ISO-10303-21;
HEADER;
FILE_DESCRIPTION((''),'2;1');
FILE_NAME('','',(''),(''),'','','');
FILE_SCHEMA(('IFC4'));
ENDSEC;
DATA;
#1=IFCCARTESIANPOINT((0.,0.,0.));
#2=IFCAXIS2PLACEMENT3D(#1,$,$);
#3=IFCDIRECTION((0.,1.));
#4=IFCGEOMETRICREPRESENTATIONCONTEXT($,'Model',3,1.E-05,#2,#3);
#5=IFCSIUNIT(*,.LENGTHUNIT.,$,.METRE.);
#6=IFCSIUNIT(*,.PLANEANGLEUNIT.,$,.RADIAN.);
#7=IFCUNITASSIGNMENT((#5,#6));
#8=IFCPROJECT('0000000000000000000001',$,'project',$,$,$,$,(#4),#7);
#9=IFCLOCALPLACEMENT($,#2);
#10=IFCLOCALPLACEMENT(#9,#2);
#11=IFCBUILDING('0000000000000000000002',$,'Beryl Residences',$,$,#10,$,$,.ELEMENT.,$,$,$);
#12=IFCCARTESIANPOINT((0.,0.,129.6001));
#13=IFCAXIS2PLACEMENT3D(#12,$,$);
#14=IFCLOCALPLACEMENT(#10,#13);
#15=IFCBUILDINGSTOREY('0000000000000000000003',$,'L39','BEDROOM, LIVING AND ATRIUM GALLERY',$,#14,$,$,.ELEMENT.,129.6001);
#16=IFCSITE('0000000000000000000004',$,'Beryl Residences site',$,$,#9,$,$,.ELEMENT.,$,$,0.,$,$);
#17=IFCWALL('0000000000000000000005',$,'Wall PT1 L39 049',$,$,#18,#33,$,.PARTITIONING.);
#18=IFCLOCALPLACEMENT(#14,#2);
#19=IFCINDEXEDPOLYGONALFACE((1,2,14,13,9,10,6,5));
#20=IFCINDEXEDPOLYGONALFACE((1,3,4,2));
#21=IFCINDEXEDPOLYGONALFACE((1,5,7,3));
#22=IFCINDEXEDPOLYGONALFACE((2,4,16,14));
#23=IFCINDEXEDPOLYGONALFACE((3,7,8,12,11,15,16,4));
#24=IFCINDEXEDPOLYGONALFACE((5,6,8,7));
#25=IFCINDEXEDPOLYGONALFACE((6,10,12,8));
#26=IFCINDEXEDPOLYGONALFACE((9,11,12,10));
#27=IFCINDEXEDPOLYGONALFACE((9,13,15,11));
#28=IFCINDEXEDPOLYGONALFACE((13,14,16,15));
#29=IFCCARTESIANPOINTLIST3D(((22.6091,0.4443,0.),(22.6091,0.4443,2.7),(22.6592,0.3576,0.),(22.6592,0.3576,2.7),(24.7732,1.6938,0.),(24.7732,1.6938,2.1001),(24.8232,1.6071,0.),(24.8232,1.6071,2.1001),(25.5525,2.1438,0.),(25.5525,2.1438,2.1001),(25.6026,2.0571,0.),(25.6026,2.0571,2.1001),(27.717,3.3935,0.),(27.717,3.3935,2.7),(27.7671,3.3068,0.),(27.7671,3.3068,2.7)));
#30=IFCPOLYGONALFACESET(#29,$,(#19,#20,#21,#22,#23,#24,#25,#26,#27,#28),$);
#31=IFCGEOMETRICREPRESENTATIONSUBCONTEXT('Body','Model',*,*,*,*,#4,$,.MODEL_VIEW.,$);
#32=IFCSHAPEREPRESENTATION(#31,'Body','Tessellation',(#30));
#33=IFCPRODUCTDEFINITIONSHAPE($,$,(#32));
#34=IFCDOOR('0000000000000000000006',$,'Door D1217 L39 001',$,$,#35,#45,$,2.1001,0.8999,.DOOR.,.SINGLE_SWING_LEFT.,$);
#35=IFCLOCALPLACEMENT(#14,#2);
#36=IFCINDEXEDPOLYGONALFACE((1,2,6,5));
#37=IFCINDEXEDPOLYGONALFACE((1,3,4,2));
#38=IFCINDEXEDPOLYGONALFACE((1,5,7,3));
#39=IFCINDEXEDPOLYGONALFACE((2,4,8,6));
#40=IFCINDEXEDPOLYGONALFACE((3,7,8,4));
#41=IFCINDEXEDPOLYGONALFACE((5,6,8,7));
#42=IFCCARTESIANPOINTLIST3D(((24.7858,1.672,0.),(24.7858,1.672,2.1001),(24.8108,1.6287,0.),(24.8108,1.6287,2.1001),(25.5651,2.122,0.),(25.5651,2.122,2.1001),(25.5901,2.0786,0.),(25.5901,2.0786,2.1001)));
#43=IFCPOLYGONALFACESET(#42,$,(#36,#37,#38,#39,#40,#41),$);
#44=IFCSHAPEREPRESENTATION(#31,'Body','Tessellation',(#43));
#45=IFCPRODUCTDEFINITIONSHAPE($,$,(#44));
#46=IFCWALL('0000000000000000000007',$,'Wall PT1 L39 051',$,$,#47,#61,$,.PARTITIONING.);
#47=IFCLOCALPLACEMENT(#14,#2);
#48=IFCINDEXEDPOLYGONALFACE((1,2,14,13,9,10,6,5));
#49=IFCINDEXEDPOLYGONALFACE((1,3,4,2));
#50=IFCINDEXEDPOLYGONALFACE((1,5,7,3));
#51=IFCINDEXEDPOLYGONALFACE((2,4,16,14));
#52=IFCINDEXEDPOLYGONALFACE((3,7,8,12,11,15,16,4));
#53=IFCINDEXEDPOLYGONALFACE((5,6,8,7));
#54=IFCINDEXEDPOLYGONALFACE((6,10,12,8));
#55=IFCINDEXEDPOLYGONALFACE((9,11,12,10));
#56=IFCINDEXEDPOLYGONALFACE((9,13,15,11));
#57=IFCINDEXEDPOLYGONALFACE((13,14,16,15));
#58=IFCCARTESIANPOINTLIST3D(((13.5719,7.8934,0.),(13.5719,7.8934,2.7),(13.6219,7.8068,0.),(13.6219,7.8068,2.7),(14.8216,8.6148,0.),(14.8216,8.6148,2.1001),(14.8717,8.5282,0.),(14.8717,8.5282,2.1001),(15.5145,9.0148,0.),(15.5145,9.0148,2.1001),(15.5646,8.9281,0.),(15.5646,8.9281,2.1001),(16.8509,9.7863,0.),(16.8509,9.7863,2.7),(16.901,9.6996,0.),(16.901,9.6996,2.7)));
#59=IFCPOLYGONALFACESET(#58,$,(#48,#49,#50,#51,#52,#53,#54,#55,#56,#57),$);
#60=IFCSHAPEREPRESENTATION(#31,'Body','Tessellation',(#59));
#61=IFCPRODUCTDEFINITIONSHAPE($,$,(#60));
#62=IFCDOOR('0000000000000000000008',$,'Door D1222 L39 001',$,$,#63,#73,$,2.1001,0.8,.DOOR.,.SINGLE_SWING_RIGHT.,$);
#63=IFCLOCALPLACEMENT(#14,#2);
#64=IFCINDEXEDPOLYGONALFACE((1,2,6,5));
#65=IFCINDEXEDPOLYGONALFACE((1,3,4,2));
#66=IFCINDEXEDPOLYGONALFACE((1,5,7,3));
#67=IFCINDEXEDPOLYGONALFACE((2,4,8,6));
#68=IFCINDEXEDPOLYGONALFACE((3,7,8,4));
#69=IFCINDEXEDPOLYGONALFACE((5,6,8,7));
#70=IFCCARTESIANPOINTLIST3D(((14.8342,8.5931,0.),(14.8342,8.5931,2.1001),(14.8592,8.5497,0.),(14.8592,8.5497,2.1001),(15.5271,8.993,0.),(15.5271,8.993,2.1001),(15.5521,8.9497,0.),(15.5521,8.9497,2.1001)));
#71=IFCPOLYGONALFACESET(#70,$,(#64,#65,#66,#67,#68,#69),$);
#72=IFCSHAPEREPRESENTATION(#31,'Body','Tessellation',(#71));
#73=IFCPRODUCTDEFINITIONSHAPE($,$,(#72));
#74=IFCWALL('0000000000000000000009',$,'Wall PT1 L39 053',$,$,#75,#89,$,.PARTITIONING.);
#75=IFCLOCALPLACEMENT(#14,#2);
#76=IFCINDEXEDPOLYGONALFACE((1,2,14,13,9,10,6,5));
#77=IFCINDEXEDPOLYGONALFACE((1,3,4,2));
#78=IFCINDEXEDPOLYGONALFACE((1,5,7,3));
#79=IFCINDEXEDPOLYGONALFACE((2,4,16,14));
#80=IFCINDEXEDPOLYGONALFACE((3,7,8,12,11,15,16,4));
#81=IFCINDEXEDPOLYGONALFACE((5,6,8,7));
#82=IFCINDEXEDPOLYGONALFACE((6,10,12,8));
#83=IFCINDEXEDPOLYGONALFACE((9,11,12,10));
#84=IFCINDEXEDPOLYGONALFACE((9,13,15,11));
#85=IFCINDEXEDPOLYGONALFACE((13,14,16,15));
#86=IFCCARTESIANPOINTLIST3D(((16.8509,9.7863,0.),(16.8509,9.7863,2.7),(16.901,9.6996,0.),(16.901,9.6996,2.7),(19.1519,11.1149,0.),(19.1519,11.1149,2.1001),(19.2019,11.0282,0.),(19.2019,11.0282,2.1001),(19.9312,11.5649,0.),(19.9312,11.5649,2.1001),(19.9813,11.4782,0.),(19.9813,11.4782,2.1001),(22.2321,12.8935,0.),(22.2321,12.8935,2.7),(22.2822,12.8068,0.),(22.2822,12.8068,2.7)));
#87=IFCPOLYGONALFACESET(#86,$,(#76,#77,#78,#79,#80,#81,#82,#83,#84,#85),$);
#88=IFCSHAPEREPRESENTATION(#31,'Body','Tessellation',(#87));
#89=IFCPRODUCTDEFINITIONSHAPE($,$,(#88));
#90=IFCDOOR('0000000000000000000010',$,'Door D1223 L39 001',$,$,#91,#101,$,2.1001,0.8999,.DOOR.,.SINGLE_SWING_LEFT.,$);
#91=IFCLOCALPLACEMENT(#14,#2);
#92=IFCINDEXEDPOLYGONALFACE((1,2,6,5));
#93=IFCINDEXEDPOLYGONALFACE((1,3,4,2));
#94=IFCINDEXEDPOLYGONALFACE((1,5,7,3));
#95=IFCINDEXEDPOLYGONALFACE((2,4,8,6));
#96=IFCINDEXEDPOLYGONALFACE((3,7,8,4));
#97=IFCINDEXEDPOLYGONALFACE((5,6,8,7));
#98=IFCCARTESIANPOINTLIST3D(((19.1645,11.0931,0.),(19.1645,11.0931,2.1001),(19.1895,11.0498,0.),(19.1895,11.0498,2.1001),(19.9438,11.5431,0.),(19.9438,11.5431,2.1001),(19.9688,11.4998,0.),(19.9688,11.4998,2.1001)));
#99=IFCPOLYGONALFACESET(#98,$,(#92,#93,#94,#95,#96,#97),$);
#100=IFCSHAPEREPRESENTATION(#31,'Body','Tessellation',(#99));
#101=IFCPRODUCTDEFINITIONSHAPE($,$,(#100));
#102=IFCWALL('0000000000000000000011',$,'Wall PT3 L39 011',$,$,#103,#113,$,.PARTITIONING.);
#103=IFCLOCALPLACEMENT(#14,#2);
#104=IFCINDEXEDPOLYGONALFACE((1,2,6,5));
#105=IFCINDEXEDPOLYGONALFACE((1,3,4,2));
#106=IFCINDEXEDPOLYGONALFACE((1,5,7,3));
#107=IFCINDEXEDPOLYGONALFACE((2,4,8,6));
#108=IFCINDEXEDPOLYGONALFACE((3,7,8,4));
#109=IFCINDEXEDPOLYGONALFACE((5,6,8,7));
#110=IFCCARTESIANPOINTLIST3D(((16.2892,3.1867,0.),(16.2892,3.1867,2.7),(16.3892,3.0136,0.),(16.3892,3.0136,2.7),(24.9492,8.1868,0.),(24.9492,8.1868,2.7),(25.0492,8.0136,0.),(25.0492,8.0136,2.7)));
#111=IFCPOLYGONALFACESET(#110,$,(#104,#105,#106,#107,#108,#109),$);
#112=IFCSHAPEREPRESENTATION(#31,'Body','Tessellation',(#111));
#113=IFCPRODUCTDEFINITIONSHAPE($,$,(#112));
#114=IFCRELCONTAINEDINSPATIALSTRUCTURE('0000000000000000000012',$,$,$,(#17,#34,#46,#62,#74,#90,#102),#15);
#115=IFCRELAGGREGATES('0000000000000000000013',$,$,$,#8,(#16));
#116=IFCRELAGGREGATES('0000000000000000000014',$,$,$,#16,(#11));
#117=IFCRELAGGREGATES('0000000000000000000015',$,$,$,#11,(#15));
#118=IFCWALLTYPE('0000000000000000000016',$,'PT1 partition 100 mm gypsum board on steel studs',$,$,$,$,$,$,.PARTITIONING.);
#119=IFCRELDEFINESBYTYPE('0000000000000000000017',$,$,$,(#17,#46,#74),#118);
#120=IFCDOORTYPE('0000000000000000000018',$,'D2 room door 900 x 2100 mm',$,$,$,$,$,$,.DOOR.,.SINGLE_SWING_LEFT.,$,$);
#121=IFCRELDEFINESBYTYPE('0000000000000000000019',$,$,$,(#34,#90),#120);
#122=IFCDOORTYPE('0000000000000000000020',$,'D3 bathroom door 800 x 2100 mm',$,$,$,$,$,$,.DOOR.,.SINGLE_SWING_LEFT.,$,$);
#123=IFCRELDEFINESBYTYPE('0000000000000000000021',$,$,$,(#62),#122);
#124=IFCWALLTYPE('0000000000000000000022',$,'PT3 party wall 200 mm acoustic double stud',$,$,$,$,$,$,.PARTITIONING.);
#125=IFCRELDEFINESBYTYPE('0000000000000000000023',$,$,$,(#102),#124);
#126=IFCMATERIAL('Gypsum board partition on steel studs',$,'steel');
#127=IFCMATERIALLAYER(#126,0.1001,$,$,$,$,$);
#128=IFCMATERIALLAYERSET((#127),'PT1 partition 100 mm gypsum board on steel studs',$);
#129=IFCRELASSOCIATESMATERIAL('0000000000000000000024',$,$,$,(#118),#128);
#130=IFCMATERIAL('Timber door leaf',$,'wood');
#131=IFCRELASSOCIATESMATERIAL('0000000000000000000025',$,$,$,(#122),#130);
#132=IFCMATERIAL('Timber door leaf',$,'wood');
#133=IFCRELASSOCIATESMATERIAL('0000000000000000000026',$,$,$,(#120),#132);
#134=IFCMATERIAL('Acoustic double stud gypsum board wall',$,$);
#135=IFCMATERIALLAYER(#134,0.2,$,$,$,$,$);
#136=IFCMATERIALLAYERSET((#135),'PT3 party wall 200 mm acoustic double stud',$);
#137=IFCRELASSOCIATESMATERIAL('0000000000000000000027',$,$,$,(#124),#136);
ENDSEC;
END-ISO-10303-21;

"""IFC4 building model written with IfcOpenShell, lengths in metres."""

from ifc_helpers import new_model, si_unit, direction, frame, frame_2d, origin, place, context, subcontext, project, spatial, rectangle, extrude, material, layer, layer_set, type_object, element, fill, save


model = new_model("IFC4")

# Units and contexts
model_context = context("Model", 3, precision=1e-05, world=origin(), true_north=direction((0.0, 1.0)))
body_context = subcontext(model_context, "Body", "Model", "MODEL_VIEW")
ifc_project = project(units=[si_unit("LENGTHUNIT", "METRE"), si_unit("PLANEANGLEUNIT", "RADIAN")], contexts=[model_context])

# Site, building, storey
site_placement = place(None, origin())
site = spatial("IfcSite", under=ifc_project, at=site_placement, Name="Beryl Residences site", CompositionType="ELEMENT", RefElevation=0.0)
building_placement = place(site_placement, origin())
building = spatial("IfcBuilding", under=site, at=building_placement, Name="Beryl Residences", CompositionType="ELEMENT")
storey_placement = place(building_placement, frame((0.0, 0.0, 129.6001)))
storey = spatial("IfcBuildingStorey", under=building, at=storey_placement, Name="L39", Description="BEDROOM, LIVING AND ATRIUM GALLERY", CompositionType="ELEMENT", Elevation=129.6001)

# Shared definitions
ifc_material_1 = material(Name="Gypsum board partition on steel studs", Category="steel")
ifc_layer_1 = layer(ifc_material_1, 0.1001)
ifc_layer_set_1 = layer_set([ifc_layer_1], Name="PT1 partition 100 mm gypsum board on steel studs")
wall_type_1 = type_object("IfcWallType", Name="PT1 partition 100 mm gypsum board on steel studs", PredefinedType="PARTITIONING", material=ifc_layer_set_1)
ifc_material_2 = material(Name="Timber door leaf", Category="wood")
door_type_1 = type_object("IfcDoorType", Name="D3 bathroom door 800 x 2100 mm", OperationType="SINGLE_SWING_LEFT", PredefinedType="DOOR", material=ifc_material_2)
ifc_material_3 = material(Name="Timber door leaf", Category="wood")
door_type_2 = type_object("IfcDoorType", Name="D2 room door 900 x 2100 mm", OperationType="SINGLE_SWING_LEFT", PredefinedType="DOOR", material=ifc_material_3)

# Walls, openings, doors
wall_1_placement = place(storey_placement, frame((22.634, 0.4009, 0.0), z_axis=(0.0, 0.0, 1.0), x_axis=(0.866013, 0.500021, 0.0)))
wall_1 = element("IfcWall", 1, at=wall_1_placement, inside=storey, type_object=wall_type_1, Name="Wall PT1 L39 049", PredefinedType="PARTITIONING", context=body_context, shape_type="SweptSolid", body=[
    extrude(rectangle(XDim=5.8982, YDim=0.1001, at=frame_2d((2.9492, 0.0))), origin(), (0.0, 0.0, 1.0), 2.7),
])
opening_1_placement = place(wall_1_placement, frame((2.499, 0.0, 0.0)))
opening_1 = element("IfcOpeningElement", 2, at=opening_1_placement, cuts=wall_1, PredefinedType="OPENING", context=body_context, shape_type="SweptSolid", body=[
    extrude(rectangle(XDim=0.8999, YDim=2.1001, at=frame_2d((0.45, 1.05))), frame((0.0, 0.0601, 0.0), z_axis=(0.0, -1.0, 0.0), x_axis=(1.0, 0.0, 0.0)), (0.0, 0.0, 1.0), 0.1201),
])
door_1_placement = place(opening_1_placement, origin())
door_1 = element("IfcDoor", 3, at=door_1_placement, inside=storey, type_object=door_type_2, Name="Door D1217 L39 001", OperationType="SINGLE_SWING_LEFT", OverallHeight=2.1001, OverallWidth=0.8999, PredefinedType="DOOR", context=body_context, shape_type="SweptSolid", body=[
    extrude(rectangle(XDim=0.8999, YDim=2.1001, at=frame_2d((0.45, 1.05))), frame((0.0, 0.0249, 0.0), z_axis=(0.0, -1.0, 0.0), x_axis=(1.0, 0.0, 0.0)), (0.0, 0.0, 1.0), 0.05),
])
fill(opening_1, door_1)
wall_2_placement = place(storey_placement, frame((13.5969, 7.8501, 0.0), z_axis=(0.0, 0.0, 1.0), x_axis=(0.866064, 0.499933, 0.0)))
wall_2 = element("IfcWall", 4, at=wall_2_placement, inside=storey, type_object=wall_type_1, Name="Wall PT1 L39 051", PredefinedType="PARTITIONING", context=body_context, shape_type="SweptSolid", body=[
    extrude(rectangle(XDim=3.7861, YDim=0.1001, at=frame_2d((1.8931, 0.0))), origin(), (0.0, 0.0, 1.0), 2.7),
])
opening_2_placement = place(wall_2_placement, frame((1.4431, 0.0, 0.0)))
opening_2 = element("IfcOpeningElement", 5, at=opening_2_placement, cuts=wall_2, PredefinedType="OPENING", context=body_context, shape_type="SweptSolid", body=[
    extrude(rectangle(XDim=0.8, YDim=2.1001, at=frame_2d((0.3999, 1.05))), frame((0.0, 0.0601, 0.0), z_axis=(0.0, -1.0, 0.0), x_axis=(1.0, 0.0, 0.0)), (0.0, 0.0, 1.0), 0.1201),
])
door_2_placement = place(opening_2_placement, origin())
door_2 = element("IfcDoor", 6, at=door_2_placement, inside=storey, type_object=door_type_1, Name="Door D1222 L39 001", OperationType="SINGLE_SWING_RIGHT", OverallHeight=2.1001, OverallWidth=0.8, PredefinedType="DOOR", context=body_context, shape_type="SweptSolid", body=[
    extrude(rectangle(XDim=0.8, YDim=2.1001, at=frame_2d((0.3999, 1.05))), frame((0.0, 0.0249, 0.0), z_axis=(0.0, -1.0, 0.0), x_axis=(1.0, 0.0, 0.0)), (0.0, 0.0, 1.0), 0.05),
])
fill(opening_2, door_2)
wall_3_placement = place(storey_placement, frame((16.876, 9.7429, 0.0), z_axis=(0.0, 0.0, 1.0), x_axis=(0.865998, 0.500048, 0.0)))
wall_3 = element("IfcWall", 7, at=wall_3_placement, inside=storey, type_object=wall_type_1, Name="Wall PT1 L39 053", PredefinedType="PARTITIONING", context=body_context, shape_type="SweptSolid", body=[
    extrude(rectangle(XDim=6.2139, YDim=0.1001, at=frame_2d((3.1069, 0.0))), origin(), (0.0, 0.0, 1.0), 2.7),
])
opening_3_placement = place(wall_3_placement, frame((2.657, 0.0, 0.0)))
opening_3 = element("IfcOpeningElement", 8, at=opening_3_placement, cuts=wall_3, PredefinedType="OPENING", context=body_context, shape_type="SweptSolid", body=[
    extrude(rectangle(XDim=0.8999, YDim=2.1001, at=frame_2d((0.45, 1.05))), frame((0.0, 0.0601, 0.0), z_axis=(0.0, -1.0, 0.0), x_axis=(1.0, 0.0, 0.0)), (0.0, 0.0, 1.0), 0.1201),
])
door_3_placement = place(opening_3_placement, origin())
door_3 = element("IfcDoor", 9, at=door_3_placement, inside=storey, type_object=door_type_2, Name="Door D1223 L39 001", OperationType="SINGLE_SWING_LEFT", OverallHeight=2.1001, OverallWidth=0.8999, PredefinedType="DOOR", context=body_context, shape_type="SweptSolid", body=[
    extrude(rectangle(XDim=0.8999, YDim=2.1001, at=frame_2d((0.45, 1.05))), frame((0.0, 0.0249, 0.0), z_axis=(0.0, -1.0, 0.0), x_axis=(1.0, 0.0, 0.0)), (0.0, 0.0, 1.0), 0.05),
])
fill(opening_3, door_3)

# Wall
ifc_material_4 = material(Name="Acoustic double stud gypsum board wall")
ifc_layer_2 = layer(ifc_material_4, 0.2)
ifc_layer_set_2 = layer_set([ifc_layer_2], Name="PT3 party wall 200 mm acoustic double stud")
wall_type_2 = type_object("IfcWallType", Name="PT3 party wall 200 mm acoustic double stud", PredefinedType="PARTITIONING", material=ifc_layer_set_2)
wall_4_placement = place(storey_placement, frame((16.3391, 3.1001, 0.0), z_axis=(0.0, 0.0, 1.0), x_axis=(0.866017, 0.500015, 0.0)))
element("IfcWall", 10, at=wall_4_placement, inside=storey, type_object=wall_type_2, Name="Wall PT3 L39 011", PredefinedType="PARTITIONING", context=body_context, shape_type="SweptSolid", body=[
    extrude(rectangle(XDim=9.9998, YDim=0.2, at=frame_2d((5.0, 0.0))), origin(), (0.0, 0.0, 1.0), 2.7),
])

save(model, "model.ifc")
